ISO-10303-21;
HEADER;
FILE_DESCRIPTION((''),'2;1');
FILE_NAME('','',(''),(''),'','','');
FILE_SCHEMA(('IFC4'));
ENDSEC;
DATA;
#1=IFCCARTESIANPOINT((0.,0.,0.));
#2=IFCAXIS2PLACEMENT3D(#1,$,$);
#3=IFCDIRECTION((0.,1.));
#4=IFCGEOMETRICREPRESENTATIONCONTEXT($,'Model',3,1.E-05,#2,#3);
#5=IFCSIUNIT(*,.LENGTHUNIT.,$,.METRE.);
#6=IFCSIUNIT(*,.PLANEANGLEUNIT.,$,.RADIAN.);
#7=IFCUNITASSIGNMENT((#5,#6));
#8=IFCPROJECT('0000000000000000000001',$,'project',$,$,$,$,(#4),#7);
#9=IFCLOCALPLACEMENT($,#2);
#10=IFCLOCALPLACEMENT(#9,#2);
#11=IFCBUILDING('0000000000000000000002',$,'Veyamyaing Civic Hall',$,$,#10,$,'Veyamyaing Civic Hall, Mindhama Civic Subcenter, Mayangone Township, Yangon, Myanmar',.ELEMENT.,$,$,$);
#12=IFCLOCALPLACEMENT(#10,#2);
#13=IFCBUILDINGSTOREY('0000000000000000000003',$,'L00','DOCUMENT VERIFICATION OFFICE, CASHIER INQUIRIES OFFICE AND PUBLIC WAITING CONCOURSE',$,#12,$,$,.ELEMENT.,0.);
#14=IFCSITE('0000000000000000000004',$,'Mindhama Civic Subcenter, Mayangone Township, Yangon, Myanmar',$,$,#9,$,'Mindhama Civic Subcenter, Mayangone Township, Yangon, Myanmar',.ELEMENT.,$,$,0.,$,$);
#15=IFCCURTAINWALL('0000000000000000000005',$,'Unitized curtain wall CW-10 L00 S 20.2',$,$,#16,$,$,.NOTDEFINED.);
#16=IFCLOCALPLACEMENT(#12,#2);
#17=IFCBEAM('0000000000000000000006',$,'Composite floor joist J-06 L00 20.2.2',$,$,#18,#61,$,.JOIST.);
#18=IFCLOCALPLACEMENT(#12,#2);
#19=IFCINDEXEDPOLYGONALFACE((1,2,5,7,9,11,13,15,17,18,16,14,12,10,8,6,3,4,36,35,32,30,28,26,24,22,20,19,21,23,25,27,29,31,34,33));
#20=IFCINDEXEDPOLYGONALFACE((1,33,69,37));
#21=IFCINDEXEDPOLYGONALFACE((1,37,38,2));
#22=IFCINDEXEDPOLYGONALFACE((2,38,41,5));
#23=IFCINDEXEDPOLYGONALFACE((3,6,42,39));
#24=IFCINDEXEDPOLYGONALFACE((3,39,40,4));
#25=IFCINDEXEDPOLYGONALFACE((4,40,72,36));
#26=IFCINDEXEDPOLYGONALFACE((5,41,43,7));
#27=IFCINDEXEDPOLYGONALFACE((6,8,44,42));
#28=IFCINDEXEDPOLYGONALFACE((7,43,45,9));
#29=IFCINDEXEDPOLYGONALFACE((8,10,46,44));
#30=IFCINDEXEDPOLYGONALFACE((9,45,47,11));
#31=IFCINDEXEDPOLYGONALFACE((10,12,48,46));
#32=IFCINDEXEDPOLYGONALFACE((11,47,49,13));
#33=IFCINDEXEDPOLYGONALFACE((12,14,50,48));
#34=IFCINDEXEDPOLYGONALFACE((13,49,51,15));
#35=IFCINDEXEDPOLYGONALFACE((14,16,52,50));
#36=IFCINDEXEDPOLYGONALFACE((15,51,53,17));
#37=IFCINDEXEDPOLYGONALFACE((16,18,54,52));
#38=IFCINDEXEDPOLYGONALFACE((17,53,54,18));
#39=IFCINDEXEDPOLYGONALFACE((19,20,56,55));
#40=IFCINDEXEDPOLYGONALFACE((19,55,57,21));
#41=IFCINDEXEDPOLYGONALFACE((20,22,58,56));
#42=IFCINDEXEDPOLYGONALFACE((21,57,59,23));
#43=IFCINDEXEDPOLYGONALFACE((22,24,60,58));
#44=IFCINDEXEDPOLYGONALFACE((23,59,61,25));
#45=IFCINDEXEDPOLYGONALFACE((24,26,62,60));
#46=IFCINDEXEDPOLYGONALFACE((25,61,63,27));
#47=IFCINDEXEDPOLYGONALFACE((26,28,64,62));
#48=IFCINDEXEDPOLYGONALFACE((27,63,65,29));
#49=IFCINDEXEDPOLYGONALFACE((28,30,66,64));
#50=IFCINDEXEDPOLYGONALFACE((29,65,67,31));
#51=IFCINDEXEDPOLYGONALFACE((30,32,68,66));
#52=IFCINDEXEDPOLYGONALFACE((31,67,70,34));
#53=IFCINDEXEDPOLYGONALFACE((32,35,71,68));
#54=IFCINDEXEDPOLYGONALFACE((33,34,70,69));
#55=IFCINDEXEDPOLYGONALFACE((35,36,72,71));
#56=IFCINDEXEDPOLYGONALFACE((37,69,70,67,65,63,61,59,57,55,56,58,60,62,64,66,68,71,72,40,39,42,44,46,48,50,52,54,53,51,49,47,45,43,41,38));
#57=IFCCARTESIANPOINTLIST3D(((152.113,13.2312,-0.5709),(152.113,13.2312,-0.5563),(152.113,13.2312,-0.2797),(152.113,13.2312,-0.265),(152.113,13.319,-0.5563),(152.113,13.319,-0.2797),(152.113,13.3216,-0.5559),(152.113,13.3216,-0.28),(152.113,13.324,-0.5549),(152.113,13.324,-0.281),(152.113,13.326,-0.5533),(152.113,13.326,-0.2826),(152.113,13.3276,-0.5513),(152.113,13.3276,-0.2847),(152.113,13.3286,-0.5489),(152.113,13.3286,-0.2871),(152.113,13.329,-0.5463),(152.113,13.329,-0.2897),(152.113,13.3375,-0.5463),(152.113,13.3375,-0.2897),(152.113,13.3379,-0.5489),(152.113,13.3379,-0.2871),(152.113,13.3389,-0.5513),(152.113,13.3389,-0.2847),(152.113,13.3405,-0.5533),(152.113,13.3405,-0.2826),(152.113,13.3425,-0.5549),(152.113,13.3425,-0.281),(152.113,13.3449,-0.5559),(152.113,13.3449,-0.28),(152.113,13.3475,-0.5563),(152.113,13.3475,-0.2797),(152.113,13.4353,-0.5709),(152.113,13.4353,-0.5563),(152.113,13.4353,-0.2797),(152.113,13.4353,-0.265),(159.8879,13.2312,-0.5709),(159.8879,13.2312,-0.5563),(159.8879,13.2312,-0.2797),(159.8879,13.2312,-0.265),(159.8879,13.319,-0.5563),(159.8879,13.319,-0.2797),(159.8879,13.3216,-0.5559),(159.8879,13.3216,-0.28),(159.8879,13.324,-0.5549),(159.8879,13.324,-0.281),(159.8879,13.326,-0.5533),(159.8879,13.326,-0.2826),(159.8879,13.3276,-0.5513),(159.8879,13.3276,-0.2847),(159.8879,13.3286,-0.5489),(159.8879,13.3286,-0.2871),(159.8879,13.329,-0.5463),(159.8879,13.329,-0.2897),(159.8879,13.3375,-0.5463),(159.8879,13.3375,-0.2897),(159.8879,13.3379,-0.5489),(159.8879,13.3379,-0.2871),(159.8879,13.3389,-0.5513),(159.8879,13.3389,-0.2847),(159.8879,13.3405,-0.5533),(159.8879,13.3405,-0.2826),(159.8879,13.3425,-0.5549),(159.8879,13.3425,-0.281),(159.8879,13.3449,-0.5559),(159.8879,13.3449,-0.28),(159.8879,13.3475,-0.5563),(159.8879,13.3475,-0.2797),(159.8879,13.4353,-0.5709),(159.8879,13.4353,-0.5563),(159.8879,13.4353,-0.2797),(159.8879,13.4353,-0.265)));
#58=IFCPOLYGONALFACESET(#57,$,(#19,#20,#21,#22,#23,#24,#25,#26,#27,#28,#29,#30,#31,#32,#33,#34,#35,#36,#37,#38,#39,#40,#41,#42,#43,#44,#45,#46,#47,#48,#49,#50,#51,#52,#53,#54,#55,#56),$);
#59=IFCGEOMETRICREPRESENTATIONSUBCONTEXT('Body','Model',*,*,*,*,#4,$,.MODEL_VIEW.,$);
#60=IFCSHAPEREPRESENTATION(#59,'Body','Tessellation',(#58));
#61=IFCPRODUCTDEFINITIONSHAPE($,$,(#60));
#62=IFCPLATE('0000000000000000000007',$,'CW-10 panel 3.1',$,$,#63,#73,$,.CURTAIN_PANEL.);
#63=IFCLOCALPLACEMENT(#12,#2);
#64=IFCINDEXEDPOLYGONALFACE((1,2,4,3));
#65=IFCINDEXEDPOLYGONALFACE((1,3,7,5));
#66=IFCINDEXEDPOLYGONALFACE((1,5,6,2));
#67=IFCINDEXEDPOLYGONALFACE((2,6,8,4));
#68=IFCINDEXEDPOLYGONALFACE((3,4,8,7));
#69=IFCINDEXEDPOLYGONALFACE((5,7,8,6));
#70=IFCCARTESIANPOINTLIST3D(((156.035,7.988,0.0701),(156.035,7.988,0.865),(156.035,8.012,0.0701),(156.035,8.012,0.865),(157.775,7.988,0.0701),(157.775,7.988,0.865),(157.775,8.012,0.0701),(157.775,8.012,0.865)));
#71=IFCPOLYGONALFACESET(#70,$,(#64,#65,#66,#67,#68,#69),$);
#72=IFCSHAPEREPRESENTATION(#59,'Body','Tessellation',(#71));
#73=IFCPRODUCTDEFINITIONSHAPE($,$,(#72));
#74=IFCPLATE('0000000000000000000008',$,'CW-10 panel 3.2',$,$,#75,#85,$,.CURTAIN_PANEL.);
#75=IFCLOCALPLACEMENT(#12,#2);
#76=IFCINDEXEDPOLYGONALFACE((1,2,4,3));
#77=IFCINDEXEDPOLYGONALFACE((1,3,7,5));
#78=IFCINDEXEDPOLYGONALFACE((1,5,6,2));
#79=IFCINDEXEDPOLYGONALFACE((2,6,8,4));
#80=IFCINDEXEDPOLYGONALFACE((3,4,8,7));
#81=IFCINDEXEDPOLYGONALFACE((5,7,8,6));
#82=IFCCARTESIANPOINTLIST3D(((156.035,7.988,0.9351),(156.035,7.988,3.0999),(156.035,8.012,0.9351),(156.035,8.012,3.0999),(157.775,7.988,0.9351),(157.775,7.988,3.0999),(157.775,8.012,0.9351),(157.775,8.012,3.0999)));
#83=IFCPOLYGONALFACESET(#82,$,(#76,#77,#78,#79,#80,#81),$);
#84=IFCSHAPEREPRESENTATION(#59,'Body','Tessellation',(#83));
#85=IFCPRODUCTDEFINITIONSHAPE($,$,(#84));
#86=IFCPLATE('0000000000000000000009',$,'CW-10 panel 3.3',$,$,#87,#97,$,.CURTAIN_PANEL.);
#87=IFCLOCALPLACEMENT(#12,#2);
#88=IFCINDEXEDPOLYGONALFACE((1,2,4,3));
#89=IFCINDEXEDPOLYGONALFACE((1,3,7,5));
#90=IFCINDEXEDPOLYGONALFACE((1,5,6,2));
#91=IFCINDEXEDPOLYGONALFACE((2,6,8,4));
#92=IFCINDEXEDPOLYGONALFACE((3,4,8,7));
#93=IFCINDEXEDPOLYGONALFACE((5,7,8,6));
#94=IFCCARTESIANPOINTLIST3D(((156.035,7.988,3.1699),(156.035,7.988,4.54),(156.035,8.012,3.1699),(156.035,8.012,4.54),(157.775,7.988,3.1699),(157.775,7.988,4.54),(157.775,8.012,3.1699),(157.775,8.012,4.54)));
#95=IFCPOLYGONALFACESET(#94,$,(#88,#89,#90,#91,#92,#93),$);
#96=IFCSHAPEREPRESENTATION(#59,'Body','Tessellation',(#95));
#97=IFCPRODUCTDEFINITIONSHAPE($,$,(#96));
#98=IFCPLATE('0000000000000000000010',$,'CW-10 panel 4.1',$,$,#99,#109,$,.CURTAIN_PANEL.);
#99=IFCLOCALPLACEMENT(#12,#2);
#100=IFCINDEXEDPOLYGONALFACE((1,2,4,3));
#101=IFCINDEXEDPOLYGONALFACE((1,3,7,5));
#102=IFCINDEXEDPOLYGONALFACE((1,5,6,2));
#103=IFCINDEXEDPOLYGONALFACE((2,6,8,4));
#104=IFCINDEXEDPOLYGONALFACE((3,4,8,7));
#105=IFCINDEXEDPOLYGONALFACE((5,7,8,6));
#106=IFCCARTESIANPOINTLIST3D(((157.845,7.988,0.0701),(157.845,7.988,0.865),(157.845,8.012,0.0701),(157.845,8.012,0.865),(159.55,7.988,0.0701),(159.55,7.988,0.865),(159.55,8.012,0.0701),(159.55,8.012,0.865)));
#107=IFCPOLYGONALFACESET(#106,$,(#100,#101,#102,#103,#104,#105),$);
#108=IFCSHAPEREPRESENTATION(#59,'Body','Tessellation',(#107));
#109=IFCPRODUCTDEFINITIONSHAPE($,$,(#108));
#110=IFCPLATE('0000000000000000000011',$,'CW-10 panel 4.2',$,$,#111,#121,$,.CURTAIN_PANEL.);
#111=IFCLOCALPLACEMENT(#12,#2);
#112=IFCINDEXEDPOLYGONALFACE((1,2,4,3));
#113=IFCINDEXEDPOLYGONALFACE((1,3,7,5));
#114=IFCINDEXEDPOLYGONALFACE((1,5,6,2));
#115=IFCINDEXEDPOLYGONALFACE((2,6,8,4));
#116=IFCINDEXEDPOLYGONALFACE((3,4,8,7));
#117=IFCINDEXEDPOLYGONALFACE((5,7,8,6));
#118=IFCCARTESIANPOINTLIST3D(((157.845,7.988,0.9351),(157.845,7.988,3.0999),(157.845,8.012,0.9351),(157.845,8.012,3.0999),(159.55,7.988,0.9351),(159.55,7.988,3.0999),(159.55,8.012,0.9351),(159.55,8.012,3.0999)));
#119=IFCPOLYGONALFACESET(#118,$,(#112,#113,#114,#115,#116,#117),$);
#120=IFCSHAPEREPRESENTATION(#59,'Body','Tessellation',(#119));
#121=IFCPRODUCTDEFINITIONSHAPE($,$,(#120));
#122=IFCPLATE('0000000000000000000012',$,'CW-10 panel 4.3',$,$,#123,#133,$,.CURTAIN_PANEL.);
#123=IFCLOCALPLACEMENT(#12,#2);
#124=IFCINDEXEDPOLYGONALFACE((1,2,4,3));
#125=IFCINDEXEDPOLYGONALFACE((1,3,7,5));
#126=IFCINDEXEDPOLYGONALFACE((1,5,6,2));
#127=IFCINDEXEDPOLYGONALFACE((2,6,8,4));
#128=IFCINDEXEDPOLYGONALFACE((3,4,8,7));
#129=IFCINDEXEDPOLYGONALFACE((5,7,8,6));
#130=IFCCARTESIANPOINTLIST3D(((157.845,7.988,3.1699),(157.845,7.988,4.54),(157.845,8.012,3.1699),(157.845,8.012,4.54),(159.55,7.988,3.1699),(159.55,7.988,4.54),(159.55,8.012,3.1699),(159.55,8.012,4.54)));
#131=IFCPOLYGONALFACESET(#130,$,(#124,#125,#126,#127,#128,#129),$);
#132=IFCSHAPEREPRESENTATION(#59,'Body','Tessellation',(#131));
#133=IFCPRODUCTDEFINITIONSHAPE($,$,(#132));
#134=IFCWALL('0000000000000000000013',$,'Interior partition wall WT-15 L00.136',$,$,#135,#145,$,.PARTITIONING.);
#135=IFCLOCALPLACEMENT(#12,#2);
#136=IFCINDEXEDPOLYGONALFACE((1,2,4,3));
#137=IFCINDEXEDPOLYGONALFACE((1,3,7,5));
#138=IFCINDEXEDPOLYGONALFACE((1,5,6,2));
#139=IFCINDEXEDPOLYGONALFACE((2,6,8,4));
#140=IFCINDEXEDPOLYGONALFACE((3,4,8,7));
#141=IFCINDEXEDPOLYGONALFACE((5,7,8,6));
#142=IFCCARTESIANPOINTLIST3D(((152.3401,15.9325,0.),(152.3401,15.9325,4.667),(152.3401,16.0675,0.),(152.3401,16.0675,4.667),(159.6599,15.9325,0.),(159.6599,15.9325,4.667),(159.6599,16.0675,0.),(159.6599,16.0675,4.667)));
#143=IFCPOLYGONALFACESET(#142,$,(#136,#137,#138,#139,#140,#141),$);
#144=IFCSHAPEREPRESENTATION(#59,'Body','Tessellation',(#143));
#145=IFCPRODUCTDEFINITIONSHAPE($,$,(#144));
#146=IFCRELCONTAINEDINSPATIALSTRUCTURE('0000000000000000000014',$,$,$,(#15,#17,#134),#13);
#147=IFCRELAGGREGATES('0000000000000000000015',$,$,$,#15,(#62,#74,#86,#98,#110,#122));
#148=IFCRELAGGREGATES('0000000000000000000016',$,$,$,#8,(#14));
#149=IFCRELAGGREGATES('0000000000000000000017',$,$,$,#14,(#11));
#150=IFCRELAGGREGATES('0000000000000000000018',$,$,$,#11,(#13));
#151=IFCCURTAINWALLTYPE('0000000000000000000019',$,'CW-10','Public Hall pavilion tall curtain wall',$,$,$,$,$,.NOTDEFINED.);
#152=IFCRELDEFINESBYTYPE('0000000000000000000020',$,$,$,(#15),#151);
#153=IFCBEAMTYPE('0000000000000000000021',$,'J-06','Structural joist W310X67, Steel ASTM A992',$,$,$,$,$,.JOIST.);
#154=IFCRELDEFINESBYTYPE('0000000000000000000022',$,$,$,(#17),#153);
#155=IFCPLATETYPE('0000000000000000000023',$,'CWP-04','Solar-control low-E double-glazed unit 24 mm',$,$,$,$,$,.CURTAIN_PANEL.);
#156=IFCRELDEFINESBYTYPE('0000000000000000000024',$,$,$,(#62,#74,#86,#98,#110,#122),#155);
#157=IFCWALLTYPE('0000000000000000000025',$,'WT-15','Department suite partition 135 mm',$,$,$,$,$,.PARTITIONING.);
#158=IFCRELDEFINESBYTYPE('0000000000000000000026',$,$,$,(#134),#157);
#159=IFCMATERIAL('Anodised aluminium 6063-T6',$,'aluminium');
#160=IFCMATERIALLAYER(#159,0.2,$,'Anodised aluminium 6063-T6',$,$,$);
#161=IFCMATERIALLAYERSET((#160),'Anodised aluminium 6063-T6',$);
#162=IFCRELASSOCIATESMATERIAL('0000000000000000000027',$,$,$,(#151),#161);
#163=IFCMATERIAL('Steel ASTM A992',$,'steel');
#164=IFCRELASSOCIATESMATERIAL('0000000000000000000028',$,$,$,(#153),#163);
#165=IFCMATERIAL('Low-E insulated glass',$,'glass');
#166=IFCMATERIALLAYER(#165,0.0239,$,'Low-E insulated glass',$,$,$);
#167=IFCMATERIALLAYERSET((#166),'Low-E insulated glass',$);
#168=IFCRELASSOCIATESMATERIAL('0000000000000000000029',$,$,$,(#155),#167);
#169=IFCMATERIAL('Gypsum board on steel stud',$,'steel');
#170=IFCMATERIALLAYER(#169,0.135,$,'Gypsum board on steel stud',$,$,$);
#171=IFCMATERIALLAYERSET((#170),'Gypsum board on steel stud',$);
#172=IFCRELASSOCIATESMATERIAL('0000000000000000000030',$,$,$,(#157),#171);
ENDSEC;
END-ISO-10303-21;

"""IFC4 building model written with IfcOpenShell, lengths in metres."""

from ifc_helpers import new_model, si_unit, direction, frame, frame_2d, origin, origin_2d, place, context, subcontext, project, spatial, rectangle, i_section, extrude, material, layer, layer_set, material_profile, profile_set, type_object, element, aggregate, save


model = new_model("IFC4")

# Units and contexts
model_context = context("Model", 3, precision=1e-05, world=origin(), true_north=direction((0.0, 1.0)))
body_context = subcontext(model_context, "Body", "Model", "MODEL_VIEW")
ifc_project = project(units=[si_unit("LENGTHUNIT", "METRE"), si_unit("PLANEANGLEUNIT", "RADIAN")], contexts=[model_context])

# Site, building, storey
site_placement = place(None, origin())
site = spatial("IfcSite", under=ifc_project, at=site_placement, Name="Mindhama Civic Subcenter, Mayangone Township, Yangon, Myanmar", LongName="Mindhama Civic Subcenter, Mayangone Township, Yangon, Myanmar", CompositionType="ELEMENT", RefElevation=0.0)
building_placement = place(site_placement, origin())
building = spatial("IfcBuilding", under=site, at=building_placement, Name="Veyamyaing Civic Hall", LongName="Veyamyaing Civic Hall, Mindhama Civic Subcenter, Mayangone Township, Yangon, Myanmar", CompositionType="ELEMENT")
storey_placement = place(building_placement, origin())
storey = spatial("IfcBuildingStorey", under=building, at=storey_placement, Name="L00", Description="DOCUMENT VERIFICATION OFFICE, CASHIER INQUIRIES OFFICE AND PUBLIC WAITING CONCOURSE", CompositionType="ELEMENT", Elevation=0.0)

# Shared definitions
ifc_material_1 = material(Name="Steel ASTM A992", Category="steel")

# Curtain wall
ifc_material_2 = material(Name="Anodised aluminium 6063-T6", Category="aluminium")
ifc_layer_1 = layer(ifc_material_2, 0.2, Name="Anodised aluminium 6063-T6")
ifc_layer_set_1 = layer_set([ifc_layer_1], Name="Anodised aluminium 6063-T6")
curtain_wall_type = type_object("IfcCurtainWallType", Name="CW-10", Description="Public Hall pavilion tall curtain wall", PredefinedType="NOTDEFINED", material=ifc_layer_set_1)
curtain_wall_placement = place(storey_placement, origin())
curtain_wall = element("IfcCurtainWall", 1, at=curtain_wall_placement, inside=storey, type_object=curtain_wall_type, Name="Unitized curtain wall CW-10 L00 S 20.2", PredefinedType="NOTDEFINED")

# Beam
ifc_material_profile_1 = material_profile(ifc_material_1, i_section(OverallWidth=0.2041, OverallDepth=0.3059, WebThickness=0.0085, FlangeThickness=0.0146, FilletRadius=0.01, at=origin_2d()), Name="W310X67")
ifc_profile_set_1 = profile_set([ifc_material_profile_1], Name="Steel ASTM A992")
beam_type_1 = type_object("IfcBeamType", Name="J-06", Description="Structural joist W310X67, Steel ASTM A992", PredefinedType="JOIST", material=ifc_profile_set_1)
beam_1_placement = place(storey_placement, frame((152.113, 13.3333, -0.418), z_axis=(1.0, 0.0, 0.0), x_axis=(0.0, 1.0, 0.0)))
element("IfcBeam", 2, at=beam_1_placement, inside=storey, type_object=beam_type_1, Name="Composite floor joist J-06 L00 20.2.2", PredefinedType="JOIST", context=body_context, shape_type="SweptSolid", body=[
    extrude(i_section(OverallWidth=0.2041, OverallDepth=0.3059, WebThickness=0.0085, FlangeThickness=0.0146, FilletRadius=0.01, at=origin_2d()), origin(), (0.0, 0.0, 1.0), 7.7749),
])

# Plates
ifc_material_3 = material(Name="Low-E insulated glass", Category="glass")
ifc_layer_2 = layer(ifc_material_3, 0.0239, Name="Low-E insulated glass")
ifc_layer_set_2 = layer_set([ifc_layer_2], Name="Low-E insulated glass")
plate_type = type_object("IfcPlateType", Name="CWP-04", Description="Solar-control low-E double-glazed unit 24 mm", PredefinedType="CURTAIN_PANEL", material=ifc_layer_set_2)
plate_1_placement = place(storey_placement, frame((156.905, 8.0, 0.0701), z_axis=(0.0, 0.0, 1.0), x_axis=(1.0, 0.0, 0.0)))
plate_1 = element("IfcPlate", 3, at=plate_1_placement, type_object=plate_type, Name="CW-10 panel 3.1", PredefinedType="CURTAIN_PANEL", context=body_context, shape_type="SweptSolid", body=[
    extrude(rectangle(XDim=1.74, YDim=0.0239, at=origin_2d()), origin(), (0.0, 0.0, 1.0), 0.7949),
])
plate_2_placement = place(storey_placement, frame((156.905, 8.0, 0.9351), z_axis=(0.0, 0.0, 1.0), x_axis=(1.0, 0.0, 0.0)))
plate_2 = element("IfcPlate", 4, at=plate_2_placement, type_object=plate_type, Name="CW-10 panel 3.2", PredefinedType="CURTAIN_PANEL", context=body_context, shape_type="SweptSolid", body=[
    extrude(rectangle(XDim=1.74, YDim=0.0239, at=origin_2d()), origin(), (0.0, 0.0, 1.0), 2.1648),
])
plate_3_placement = place(storey_placement, frame((156.905, 8.0, 3.1699), z_axis=(0.0, 0.0, 1.0), x_axis=(1.0, 0.0, 0.0)))
plate_3 = element("IfcPlate", 5, at=plate_3_placement, type_object=plate_type, Name="CW-10 panel 3.3", PredefinedType="CURTAIN_PANEL", context=body_context, shape_type="SweptSolid", body=[
    extrude(rectangle(XDim=1.74, YDim=0.0239, at=origin_2d()), origin(), (0.0, 0.0, 1.0), 1.3701),
])
plate_4_placement = place(storey_placement, frame((158.6975, 8.0, 0.0701), z_axis=(0.0, 0.0, 1.0), x_axis=(1.0, 0.0, 0.0)))
plate_4 = element("IfcPlate", 6, at=plate_4_placement, type_object=plate_type, Name="CW-10 panel 4.1", PredefinedType="CURTAIN_PANEL", context=body_context, shape_type="SweptSolid", body=[
    extrude(rectangle(XDim=1.7051, YDim=0.0239, at=origin_2d()), origin(), (0.0, 0.0, 1.0), 0.7949),
])
plate_5_placement = place(storey_placement, frame((158.6975, 8.0, 0.9351), z_axis=(0.0, 0.0, 1.0), x_axis=(1.0, 0.0, 0.0)))
plate_5 = element("IfcPlate", 7, at=plate_5_placement, type_object=plate_type, Name="CW-10 panel 4.2", PredefinedType="CURTAIN_PANEL", context=body_context, shape_type="SweptSolid", body=[
    extrude(rectangle(XDim=1.7051, YDim=0.0239, at=origin_2d()), origin(), (0.0, 0.0, 1.0), 2.1648),
])
plate_6_placement = place(storey_placement, frame((158.6975, 8.0, 3.1699), z_axis=(0.0, 0.0, 1.0), x_axis=(1.0, 0.0, 0.0)))
plate_6 = element("IfcPlate", 8, at=plate_6_placement, type_object=plate_type, Name="CW-10 panel 4.3", PredefinedType="CURTAIN_PANEL", context=body_context, shape_type="SweptSolid", body=[
    extrude(rectangle(XDim=1.7051, YDim=0.0239, at=origin_2d()), origin(), (0.0, 0.0, 1.0), 1.3701),
])
aggregate(curtain_wall, [plate_1, plate_2, plate_3, plate_4, plate_5, plate_6])

# Wall
ifc_material_4 = material(Name="Gypsum board on steel stud", Category="steel")
ifc_layer_3 = layer(ifc_material_4, 0.135, Name="Gypsum board on steel stud")
ifc_layer_set_3 = layer_set([ifc_layer_3], Name="Gypsum board on steel stud")
wall_type = type_object("IfcWallType", Name="WT-15", Description="Department suite partition 135 mm", PredefinedType="PARTITIONING", material=ifc_layer_set_3)
wall_placement = place(storey_placement, frame((152.3401, 16.0, 0.0), z_axis=(0.0, 0.0, 1.0), x_axis=(1.0, 0.0, 0.0)))
element("IfcWall", 9, at=wall_placement, inside=storey, type_object=wall_type, Name="Interior partition wall WT-15 L00.136", PredefinedType="PARTITIONING", context=body_context, shape_type="SweptSolid", body=[
    extrude(rectangle(XDim=7.3198, YDim=0.135, at=frame_2d((3.6599, 0.0))), origin(), (0.0, 0.0, 1.0), 4.667),
])

save(model, "model.ifc")
